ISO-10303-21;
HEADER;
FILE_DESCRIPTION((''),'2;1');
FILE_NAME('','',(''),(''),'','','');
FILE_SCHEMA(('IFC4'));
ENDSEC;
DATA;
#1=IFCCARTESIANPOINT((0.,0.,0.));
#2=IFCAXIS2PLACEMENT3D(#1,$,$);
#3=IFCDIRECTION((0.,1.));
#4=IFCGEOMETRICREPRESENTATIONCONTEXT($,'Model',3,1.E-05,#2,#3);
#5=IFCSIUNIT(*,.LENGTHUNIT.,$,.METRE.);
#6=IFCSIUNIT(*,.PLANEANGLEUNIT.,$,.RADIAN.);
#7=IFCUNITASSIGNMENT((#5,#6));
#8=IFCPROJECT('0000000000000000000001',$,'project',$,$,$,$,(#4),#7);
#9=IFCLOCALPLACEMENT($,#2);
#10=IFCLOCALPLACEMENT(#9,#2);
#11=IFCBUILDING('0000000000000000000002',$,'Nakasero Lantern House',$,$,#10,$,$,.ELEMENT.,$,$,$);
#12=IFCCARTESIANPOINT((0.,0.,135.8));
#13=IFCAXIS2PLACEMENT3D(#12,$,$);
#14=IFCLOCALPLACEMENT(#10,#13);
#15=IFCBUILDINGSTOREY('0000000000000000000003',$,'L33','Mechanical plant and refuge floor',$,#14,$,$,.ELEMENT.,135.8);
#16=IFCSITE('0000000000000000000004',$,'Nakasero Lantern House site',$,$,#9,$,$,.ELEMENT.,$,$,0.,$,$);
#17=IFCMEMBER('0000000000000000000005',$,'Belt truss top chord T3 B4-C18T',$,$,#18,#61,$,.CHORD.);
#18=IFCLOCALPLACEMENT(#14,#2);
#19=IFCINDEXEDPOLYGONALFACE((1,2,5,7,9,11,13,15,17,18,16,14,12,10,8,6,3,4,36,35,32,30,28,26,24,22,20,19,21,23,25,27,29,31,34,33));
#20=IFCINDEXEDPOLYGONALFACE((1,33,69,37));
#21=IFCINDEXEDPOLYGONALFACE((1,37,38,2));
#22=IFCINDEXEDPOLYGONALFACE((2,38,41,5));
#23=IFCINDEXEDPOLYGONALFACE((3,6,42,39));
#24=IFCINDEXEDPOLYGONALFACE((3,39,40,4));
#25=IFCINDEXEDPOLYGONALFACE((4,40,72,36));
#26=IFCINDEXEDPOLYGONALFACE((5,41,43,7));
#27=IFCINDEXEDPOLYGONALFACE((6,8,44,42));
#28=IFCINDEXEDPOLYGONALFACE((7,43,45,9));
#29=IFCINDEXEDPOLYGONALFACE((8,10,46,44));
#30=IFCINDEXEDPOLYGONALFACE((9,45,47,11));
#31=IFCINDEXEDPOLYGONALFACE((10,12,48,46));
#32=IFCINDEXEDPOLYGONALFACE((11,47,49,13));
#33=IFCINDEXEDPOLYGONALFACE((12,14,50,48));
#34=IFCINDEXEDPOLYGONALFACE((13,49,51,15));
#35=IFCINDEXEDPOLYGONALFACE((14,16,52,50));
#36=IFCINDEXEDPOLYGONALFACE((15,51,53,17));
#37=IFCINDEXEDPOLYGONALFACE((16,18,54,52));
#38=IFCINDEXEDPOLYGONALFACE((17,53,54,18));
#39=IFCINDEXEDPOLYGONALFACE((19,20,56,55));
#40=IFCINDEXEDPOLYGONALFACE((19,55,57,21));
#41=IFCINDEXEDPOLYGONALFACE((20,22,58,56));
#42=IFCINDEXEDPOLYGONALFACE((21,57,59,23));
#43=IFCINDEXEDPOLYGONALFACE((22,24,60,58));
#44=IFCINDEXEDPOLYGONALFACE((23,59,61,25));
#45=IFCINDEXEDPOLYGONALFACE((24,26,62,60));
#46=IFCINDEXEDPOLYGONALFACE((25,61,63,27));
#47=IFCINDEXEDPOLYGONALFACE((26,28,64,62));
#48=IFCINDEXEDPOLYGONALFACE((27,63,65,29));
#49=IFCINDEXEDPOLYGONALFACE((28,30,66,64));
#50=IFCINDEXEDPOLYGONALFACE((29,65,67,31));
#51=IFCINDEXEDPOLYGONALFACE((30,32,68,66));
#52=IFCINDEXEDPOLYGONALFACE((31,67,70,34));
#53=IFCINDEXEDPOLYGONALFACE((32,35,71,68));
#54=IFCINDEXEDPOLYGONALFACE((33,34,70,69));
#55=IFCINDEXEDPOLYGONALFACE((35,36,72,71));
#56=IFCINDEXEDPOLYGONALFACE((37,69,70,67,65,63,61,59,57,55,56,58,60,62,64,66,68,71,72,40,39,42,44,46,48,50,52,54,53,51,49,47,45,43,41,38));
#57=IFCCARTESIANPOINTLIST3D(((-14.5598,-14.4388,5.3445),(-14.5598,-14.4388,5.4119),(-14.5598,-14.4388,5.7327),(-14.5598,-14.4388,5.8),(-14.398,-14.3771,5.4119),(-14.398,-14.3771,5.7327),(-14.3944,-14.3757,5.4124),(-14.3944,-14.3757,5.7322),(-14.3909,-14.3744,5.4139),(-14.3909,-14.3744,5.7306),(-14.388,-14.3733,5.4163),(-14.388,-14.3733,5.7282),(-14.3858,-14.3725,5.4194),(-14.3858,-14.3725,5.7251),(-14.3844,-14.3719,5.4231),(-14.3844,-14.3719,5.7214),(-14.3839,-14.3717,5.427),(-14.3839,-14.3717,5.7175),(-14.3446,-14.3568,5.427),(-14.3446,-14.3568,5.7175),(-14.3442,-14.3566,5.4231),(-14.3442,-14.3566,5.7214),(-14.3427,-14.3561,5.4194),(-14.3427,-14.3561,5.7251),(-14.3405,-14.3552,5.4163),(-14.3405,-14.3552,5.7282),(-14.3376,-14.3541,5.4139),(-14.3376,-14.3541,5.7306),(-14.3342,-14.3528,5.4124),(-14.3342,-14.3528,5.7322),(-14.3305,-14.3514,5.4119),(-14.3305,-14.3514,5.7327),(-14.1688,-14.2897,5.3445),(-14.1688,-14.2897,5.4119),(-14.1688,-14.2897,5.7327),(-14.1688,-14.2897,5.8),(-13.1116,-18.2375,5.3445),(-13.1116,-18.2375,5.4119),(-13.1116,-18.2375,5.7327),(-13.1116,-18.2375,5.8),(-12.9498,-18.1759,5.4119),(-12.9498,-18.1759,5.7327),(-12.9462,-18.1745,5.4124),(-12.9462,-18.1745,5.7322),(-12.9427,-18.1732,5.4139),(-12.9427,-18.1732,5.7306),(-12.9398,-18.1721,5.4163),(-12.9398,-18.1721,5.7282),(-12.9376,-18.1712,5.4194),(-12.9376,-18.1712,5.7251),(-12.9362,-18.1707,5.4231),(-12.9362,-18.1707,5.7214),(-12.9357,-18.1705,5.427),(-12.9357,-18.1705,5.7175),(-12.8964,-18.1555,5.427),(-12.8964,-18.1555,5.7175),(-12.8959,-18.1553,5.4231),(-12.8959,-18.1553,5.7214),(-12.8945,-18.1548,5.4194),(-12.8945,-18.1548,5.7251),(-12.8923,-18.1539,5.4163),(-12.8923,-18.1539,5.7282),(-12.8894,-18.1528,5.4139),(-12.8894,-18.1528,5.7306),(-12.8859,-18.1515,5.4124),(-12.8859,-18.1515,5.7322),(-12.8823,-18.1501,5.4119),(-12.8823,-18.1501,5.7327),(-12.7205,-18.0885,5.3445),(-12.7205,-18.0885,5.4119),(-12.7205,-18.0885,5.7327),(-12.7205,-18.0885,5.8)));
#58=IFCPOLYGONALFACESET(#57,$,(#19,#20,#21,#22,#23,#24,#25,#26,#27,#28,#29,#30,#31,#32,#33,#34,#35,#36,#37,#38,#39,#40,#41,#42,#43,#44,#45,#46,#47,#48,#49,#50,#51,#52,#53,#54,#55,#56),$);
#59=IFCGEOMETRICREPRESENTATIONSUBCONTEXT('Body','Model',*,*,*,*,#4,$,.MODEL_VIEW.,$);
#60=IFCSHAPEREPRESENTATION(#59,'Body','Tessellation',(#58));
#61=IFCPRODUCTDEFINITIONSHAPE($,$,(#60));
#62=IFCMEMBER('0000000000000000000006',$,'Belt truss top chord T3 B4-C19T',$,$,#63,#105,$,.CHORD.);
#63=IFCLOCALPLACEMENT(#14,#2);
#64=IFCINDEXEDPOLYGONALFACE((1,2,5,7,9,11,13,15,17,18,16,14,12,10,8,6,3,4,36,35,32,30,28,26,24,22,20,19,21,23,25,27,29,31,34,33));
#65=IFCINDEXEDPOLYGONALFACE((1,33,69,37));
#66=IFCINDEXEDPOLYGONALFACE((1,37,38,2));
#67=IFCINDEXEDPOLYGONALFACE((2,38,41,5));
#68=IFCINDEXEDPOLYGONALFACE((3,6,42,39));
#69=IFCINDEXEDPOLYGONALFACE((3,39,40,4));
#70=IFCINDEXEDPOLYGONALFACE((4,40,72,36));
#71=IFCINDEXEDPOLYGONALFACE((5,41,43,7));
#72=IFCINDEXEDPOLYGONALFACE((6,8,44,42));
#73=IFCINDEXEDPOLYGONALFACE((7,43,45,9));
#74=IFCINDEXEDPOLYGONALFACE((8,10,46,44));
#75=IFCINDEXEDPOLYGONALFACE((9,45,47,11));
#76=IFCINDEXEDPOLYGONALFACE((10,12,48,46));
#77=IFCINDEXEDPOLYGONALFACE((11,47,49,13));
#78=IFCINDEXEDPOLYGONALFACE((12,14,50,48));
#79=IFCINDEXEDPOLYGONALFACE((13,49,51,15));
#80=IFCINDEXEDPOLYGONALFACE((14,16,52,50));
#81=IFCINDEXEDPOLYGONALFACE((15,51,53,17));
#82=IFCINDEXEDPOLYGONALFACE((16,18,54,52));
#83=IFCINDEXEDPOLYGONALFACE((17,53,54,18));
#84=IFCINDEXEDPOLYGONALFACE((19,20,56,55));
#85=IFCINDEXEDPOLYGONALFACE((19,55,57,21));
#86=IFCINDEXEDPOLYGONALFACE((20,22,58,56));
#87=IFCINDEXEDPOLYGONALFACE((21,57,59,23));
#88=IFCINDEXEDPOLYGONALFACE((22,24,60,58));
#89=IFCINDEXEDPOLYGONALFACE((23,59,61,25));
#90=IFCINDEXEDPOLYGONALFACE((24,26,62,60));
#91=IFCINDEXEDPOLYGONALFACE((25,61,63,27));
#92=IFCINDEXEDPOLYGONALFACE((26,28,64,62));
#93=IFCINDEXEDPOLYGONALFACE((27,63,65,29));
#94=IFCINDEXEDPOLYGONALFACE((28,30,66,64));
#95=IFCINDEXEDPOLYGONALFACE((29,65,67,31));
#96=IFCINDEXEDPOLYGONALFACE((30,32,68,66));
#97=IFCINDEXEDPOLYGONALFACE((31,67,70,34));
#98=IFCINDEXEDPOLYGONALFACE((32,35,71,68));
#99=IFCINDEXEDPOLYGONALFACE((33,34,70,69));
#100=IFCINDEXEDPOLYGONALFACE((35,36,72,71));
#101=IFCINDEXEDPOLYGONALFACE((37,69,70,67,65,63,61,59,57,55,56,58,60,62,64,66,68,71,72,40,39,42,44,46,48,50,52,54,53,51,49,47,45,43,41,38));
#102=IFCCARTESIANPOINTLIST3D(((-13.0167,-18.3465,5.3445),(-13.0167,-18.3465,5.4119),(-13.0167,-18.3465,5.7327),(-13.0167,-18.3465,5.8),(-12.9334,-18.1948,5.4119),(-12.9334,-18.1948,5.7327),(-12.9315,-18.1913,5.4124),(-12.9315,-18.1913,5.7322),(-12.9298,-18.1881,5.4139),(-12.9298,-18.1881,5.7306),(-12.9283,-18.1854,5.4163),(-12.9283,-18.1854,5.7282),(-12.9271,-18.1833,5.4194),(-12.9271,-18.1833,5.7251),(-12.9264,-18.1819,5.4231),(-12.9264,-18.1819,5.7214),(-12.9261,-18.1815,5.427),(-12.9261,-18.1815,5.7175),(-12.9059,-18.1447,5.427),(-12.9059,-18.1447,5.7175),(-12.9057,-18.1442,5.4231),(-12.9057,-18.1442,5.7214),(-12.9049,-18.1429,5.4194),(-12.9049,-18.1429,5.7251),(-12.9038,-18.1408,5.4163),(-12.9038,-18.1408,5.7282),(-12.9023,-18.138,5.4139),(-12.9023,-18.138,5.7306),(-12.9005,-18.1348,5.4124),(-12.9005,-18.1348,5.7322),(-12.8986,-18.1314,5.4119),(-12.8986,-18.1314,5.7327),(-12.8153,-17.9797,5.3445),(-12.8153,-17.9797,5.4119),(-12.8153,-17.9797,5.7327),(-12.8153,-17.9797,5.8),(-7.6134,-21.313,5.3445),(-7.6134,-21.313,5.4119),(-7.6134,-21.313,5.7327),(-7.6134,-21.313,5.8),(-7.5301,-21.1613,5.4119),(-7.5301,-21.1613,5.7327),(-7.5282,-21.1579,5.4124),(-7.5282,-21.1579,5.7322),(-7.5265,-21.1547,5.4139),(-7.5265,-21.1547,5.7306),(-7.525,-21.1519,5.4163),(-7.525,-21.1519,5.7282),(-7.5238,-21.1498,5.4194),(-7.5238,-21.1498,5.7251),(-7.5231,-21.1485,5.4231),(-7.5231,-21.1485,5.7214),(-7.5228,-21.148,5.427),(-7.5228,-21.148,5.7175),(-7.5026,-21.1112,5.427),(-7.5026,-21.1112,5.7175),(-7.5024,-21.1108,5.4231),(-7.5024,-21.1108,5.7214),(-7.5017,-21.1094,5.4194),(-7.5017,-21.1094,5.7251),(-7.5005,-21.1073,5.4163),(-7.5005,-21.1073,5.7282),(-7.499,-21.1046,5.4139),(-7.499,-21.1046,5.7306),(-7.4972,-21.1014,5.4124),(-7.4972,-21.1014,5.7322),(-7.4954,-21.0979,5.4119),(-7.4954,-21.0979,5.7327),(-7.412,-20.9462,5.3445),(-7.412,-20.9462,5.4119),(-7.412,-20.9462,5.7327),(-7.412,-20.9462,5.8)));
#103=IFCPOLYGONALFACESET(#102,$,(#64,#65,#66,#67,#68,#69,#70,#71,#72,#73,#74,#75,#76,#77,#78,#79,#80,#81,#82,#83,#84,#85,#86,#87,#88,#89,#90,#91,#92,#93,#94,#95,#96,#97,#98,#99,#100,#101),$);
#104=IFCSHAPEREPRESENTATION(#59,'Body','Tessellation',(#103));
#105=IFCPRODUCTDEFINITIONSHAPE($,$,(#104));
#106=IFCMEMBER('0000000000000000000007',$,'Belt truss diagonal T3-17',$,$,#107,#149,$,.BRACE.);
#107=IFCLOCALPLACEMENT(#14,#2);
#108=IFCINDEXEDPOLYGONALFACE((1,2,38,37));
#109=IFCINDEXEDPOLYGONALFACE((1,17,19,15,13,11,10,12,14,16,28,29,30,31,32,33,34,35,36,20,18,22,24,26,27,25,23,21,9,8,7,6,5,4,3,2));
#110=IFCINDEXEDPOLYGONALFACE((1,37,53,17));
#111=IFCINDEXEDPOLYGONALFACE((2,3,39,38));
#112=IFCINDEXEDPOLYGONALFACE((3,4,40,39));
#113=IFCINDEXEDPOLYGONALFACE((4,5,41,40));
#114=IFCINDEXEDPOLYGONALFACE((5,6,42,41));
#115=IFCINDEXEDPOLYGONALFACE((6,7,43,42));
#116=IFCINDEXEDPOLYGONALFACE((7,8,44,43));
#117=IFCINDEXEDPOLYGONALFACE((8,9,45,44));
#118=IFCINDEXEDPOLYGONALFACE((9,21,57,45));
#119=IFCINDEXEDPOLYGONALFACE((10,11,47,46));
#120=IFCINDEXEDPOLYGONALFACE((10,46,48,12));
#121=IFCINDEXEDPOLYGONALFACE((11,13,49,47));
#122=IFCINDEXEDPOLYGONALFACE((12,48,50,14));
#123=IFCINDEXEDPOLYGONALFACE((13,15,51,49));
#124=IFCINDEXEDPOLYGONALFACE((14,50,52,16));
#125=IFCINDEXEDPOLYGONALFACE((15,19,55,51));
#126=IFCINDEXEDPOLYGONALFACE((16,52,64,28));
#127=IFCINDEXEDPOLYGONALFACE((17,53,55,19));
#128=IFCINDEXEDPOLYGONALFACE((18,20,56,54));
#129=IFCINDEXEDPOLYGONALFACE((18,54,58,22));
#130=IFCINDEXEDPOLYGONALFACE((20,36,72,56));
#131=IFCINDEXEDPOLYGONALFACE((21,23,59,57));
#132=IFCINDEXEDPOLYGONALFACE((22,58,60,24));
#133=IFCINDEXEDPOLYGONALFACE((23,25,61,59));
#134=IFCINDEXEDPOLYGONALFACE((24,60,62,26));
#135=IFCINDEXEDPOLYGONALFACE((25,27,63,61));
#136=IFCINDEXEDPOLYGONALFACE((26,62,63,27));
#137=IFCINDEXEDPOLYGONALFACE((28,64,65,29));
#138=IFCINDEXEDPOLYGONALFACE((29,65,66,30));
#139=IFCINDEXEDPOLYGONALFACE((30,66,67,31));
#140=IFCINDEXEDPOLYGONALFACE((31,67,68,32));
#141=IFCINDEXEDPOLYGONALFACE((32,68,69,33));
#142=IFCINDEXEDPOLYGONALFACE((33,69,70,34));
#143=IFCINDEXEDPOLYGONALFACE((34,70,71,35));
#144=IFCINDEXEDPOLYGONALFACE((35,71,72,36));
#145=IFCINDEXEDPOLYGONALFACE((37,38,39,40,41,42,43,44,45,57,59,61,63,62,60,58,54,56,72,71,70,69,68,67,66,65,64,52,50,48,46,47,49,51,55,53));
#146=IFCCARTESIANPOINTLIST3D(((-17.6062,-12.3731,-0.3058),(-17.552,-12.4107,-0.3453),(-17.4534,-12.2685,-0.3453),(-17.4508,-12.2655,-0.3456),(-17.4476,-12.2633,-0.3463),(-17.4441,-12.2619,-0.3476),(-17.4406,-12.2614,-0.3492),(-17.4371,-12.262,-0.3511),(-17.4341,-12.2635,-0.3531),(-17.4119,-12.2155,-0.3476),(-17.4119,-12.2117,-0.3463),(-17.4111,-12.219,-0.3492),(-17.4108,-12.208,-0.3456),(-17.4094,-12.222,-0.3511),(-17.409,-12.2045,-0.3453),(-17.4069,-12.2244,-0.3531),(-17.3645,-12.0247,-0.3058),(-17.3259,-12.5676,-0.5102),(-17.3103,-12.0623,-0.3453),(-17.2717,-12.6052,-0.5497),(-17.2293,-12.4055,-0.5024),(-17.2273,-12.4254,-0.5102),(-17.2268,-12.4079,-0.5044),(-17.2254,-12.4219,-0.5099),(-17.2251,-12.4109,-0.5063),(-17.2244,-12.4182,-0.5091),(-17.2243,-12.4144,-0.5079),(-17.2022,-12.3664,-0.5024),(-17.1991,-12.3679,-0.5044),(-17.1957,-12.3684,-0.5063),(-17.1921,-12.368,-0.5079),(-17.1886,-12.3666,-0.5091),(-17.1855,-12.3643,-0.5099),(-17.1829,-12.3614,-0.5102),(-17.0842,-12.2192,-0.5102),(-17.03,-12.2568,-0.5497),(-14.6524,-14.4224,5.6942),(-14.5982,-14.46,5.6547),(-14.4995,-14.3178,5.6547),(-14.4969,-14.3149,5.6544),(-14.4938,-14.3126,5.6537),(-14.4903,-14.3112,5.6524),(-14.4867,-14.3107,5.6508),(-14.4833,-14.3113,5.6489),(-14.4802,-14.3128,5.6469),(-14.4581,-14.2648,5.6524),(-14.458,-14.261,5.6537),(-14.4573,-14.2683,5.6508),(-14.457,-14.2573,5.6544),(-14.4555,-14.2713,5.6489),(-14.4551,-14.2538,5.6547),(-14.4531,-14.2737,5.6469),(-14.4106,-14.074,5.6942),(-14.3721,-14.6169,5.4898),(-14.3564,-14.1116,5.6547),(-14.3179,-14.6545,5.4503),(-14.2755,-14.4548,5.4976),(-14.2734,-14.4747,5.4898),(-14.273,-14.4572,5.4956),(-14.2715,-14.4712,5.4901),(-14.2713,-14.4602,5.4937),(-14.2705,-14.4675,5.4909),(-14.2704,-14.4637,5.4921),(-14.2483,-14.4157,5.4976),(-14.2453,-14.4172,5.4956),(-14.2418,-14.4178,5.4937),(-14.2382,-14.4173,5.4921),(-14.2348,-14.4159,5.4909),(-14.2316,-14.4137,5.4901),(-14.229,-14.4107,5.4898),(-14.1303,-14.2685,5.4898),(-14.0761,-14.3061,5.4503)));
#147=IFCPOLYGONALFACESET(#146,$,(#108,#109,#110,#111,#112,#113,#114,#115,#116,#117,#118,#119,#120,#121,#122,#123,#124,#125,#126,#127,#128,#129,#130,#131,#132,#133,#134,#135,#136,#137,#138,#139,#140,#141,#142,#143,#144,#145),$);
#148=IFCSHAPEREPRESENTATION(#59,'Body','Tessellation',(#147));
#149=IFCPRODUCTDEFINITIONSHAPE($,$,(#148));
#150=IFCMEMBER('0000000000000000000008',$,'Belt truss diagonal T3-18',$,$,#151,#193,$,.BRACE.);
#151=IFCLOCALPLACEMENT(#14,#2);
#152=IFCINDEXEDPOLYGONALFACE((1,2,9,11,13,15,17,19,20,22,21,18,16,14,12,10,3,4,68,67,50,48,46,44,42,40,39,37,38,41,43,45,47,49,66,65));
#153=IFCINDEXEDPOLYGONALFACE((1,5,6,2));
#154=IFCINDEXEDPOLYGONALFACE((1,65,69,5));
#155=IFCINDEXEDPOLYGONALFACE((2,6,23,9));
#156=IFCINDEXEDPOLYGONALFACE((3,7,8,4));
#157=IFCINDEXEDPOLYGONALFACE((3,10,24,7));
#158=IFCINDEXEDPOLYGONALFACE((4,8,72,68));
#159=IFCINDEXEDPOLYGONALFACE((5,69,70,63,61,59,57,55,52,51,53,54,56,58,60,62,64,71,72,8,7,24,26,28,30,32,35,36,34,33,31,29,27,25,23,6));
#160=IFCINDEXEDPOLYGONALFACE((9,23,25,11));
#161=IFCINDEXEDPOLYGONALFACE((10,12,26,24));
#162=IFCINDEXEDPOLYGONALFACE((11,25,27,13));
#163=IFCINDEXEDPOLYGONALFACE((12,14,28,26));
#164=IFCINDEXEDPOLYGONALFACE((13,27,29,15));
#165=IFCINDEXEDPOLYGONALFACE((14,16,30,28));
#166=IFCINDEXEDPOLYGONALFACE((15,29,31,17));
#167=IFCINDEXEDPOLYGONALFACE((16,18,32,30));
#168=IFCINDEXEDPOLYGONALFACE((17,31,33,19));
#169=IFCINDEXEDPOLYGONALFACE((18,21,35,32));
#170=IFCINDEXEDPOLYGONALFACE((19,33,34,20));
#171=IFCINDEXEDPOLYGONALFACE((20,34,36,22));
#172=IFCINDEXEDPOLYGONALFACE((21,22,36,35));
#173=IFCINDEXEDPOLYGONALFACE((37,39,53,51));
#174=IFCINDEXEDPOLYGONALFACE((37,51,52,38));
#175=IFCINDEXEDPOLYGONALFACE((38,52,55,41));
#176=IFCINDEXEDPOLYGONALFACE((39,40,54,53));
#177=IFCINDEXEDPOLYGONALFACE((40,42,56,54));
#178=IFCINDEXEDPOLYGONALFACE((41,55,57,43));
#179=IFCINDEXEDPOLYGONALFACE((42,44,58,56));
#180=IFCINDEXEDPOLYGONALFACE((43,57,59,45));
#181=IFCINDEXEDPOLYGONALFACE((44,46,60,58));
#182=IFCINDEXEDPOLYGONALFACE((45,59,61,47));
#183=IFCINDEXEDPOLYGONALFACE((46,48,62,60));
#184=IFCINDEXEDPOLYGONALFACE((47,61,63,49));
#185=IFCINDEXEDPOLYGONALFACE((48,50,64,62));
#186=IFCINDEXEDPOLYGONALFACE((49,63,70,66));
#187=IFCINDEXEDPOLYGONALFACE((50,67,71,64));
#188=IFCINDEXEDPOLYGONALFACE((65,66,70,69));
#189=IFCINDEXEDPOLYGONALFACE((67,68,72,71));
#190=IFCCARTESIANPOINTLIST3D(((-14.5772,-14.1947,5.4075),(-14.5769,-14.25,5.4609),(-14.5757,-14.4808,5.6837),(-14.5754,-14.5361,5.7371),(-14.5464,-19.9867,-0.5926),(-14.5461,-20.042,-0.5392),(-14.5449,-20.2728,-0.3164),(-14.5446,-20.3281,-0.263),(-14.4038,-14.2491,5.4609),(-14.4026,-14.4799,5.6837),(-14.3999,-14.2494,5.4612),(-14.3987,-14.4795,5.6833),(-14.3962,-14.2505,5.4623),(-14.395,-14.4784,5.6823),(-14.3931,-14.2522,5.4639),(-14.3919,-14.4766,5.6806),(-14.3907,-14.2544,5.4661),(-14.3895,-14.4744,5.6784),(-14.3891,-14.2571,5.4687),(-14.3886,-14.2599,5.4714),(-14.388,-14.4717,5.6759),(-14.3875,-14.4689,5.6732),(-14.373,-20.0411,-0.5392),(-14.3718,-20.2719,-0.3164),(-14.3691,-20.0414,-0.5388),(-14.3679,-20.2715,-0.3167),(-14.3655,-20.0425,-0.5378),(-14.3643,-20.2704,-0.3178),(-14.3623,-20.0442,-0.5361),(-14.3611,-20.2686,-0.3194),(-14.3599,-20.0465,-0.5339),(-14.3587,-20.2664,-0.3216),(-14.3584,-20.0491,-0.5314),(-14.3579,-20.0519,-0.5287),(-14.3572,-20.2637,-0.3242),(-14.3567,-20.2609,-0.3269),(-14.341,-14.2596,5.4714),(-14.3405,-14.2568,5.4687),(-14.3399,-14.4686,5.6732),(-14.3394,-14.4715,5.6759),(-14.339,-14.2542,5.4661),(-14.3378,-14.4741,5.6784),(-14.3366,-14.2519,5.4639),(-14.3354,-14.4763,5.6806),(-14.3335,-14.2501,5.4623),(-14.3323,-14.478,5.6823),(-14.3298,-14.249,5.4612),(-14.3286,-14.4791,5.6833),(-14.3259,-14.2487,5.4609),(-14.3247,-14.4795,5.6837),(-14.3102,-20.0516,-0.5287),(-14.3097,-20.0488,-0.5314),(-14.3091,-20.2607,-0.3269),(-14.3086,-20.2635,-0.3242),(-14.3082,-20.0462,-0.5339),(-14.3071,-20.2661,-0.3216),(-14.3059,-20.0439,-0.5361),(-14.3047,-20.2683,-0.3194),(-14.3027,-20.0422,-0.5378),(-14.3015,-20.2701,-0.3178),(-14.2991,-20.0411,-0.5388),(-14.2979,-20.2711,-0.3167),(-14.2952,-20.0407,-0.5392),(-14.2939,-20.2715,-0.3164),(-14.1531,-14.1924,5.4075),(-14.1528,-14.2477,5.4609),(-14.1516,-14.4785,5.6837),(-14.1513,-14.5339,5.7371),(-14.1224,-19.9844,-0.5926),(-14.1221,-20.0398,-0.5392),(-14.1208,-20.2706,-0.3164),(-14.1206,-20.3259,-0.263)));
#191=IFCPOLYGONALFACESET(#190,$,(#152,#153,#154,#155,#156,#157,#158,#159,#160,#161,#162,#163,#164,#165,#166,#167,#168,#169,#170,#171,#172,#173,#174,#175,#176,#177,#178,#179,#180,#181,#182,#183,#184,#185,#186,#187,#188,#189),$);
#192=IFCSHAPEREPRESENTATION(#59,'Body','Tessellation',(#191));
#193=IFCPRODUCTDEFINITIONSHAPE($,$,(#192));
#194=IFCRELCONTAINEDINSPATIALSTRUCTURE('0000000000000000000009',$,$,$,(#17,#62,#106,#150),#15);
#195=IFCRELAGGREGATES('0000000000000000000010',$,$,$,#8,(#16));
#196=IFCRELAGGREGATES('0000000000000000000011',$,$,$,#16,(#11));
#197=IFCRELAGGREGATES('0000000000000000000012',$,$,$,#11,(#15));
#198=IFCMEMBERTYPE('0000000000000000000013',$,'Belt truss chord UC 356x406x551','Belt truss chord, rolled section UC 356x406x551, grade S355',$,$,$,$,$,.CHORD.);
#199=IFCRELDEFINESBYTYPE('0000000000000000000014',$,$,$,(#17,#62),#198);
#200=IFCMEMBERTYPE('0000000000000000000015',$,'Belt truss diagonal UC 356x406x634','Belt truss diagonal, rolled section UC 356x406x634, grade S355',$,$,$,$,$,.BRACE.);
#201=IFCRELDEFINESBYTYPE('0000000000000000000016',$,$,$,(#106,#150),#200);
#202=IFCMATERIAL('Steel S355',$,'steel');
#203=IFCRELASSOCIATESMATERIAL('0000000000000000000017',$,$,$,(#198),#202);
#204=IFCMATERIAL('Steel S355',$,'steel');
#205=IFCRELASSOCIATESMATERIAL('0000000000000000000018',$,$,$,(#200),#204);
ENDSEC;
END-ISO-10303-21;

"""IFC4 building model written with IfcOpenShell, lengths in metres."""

from ifc_helpers import new_model, si_unit, direction, frame, origin, origin_2d, place, context, subcontext, project, spatial, i_section, extrude, material, material_profile, profile_set, type_object, element, save


model = new_model("IFC4")

# Units and contexts
model_context = context("Model", 3, precision=1e-05, world=origin(), true_north=direction((0.0, 1.0)))
body_context = subcontext(model_context, "Body", "Model", "MODEL_VIEW")
ifc_project = project(units=[si_unit("LENGTHUNIT", "METRE"), si_unit("PLANEANGLEUNIT", "RADIAN")], contexts=[model_context])

# Site, building, storey
site_placement = place(None, origin())
site = spatial("IfcSite", under=ifc_project, at=site_placement, Name="Nakasero Lantern House site", CompositionType="ELEMENT", RefElevation=0.0)
building_placement = place(site_placement, origin())
building = spatial("IfcBuilding", under=site, at=building_placement, Name="Nakasero Lantern House", CompositionType="ELEMENT")
storey_placement = place(building_placement, frame((0.0, 0.0, 135.8)))
storey = spatial("IfcBuildingStorey", under=building, at=storey_placement, Name="L33", Description="Mechanical plant and refuge floor", CompositionType="ELEMENT", Elevation=135.8)

# Members
ifc_material_1 = material(Name="Steel S355", Category="steel")
ifc_material_profile_1 = material_profile(ifc_material_1, i_section(OverallWidth=0.4185, OverallDepth=0.4556, WebThickness=0.042, FlangeThickness=0.0674, FilletRadius=0.0151, at=origin_2d()), Name="UC 356x406x551")
ifc_profile_set_1 = profile_set([ifc_material_profile_1], Name="Steel S355")
member_type_1 = type_object("IfcMemberType", Name="Belt truss chord UC 356x406x551", Description="Belt truss chord, rolled section UC 356x406x551, grade S355", PredefinedType="CHORD", material=ifc_profile_set_1)
member_1_placement = place(storey_placement, frame((-14.3643, -14.3643, 5.5723), z_axis=(0.356225, -0.9344, 0.0), x_axis=(0.9344, 0.356225, 0.0)))
element("IfcMember", 1, at=member_1_placement, inside=storey, type_object=member_type_1, Name="Belt truss top chord T3 B4-C18T", PredefinedType="CHORD", context=body_context, shape_type="SweptSolid", body=[
    extrude(i_section(OverallWidth=0.4185, OverallDepth=0.4556, WebThickness=0.042, FlangeThickness=0.0674, FilletRadius=0.0151, at=origin_2d()), origin(), (0.0, 0.0, 1.0), 4.0654),
])
member_2_placement = place(storey_placement, frame((-12.916, -18.1631, 5.5723), z_axis=(0.876577, -0.481262, 0.0), x_axis=(0.481262, 0.876577, 0.0)))
element("IfcMember", 2, at=member_2_placement, inside=storey, type_object=member_type_1, Name="Belt truss top chord T3 B4-C19T", PredefinedType="CHORD", context=body_context, shape_type="SweptSolid", body=[
    extrude(i_section(OverallWidth=0.4185, OverallDepth=0.4556, WebThickness=0.042, FlangeThickness=0.0674, FilletRadius=0.0151, at=origin_2d()), origin(), (0.0, 0.0, 1.0), 6.1641),
])
ifc_material_2 = material(Name="Steel S355", Category="steel")
ifc_material_profile_2 = material_profile(ifc_material_2, i_section(OverallWidth=0.4241, OverallDepth=0.4746, WebThickness=0.0476, FlangeThickness=0.0769, FilletRadius=0.0151, at=origin_2d()), Name="UC 356x406x634")
ifc_profile_set_2 = profile_set([ifc_material_profile_2], Name="Steel S355")
member_type_2 = type_object("IfcMemberType", Name="Belt truss diagonal UC 356x406x634", Description="Belt truss diagonal, rolled section UC 356x406x634, grade S355", PredefinedType="BRACE", material=ifc_profile_set_2)
member_3_placement = place(storey_placement, frame((-17.3181, -12.3149, -0.4277), z_axis=(0.422303, -0.292984, 0.8578), x_axis=(0.570025, 0.821627, 0.0)))
element("IfcMember", 3, at=member_3_placement, inside=storey, type_object=member_type_2, Name="Belt truss diagonal T3-17", PredefinedType="BRACE", context=body_context, shape_type="SweptSolid", body=[
    extrude(i_section(OverallWidth=0.4241, OverallDepth=0.4746, WebThickness=0.0476, FlangeThickness=0.0769, FilletRadius=0.0151, at=origin_2d()), origin(), (0.0, 0.0, 1.0), 6.9946),
])
member_4_placement = place(storey_placement, frame((-14.3643, -14.3643, 5.5723), z_axis=(0.003689, -0.694521, -0.719463), x_axis=(0.999986, 0.005311, 0.0)))
element("IfcMember", 4, at=member_4_placement, inside=storey, type_object=member_type_2, Name="Belt truss diagonal T3-18", PredefinedType="BRACE", context=body_context, shape_type="SweptSolid", body=[
    extrude(i_section(OverallWidth=0.4241, OverallDepth=0.4746, WebThickness=0.0476, FlangeThickness=0.0769, FilletRadius=0.0151, at=origin_2d()), origin(), (0.0, 0.0, 1.0), 8.3396),
])

save(model, "model.ifc")
